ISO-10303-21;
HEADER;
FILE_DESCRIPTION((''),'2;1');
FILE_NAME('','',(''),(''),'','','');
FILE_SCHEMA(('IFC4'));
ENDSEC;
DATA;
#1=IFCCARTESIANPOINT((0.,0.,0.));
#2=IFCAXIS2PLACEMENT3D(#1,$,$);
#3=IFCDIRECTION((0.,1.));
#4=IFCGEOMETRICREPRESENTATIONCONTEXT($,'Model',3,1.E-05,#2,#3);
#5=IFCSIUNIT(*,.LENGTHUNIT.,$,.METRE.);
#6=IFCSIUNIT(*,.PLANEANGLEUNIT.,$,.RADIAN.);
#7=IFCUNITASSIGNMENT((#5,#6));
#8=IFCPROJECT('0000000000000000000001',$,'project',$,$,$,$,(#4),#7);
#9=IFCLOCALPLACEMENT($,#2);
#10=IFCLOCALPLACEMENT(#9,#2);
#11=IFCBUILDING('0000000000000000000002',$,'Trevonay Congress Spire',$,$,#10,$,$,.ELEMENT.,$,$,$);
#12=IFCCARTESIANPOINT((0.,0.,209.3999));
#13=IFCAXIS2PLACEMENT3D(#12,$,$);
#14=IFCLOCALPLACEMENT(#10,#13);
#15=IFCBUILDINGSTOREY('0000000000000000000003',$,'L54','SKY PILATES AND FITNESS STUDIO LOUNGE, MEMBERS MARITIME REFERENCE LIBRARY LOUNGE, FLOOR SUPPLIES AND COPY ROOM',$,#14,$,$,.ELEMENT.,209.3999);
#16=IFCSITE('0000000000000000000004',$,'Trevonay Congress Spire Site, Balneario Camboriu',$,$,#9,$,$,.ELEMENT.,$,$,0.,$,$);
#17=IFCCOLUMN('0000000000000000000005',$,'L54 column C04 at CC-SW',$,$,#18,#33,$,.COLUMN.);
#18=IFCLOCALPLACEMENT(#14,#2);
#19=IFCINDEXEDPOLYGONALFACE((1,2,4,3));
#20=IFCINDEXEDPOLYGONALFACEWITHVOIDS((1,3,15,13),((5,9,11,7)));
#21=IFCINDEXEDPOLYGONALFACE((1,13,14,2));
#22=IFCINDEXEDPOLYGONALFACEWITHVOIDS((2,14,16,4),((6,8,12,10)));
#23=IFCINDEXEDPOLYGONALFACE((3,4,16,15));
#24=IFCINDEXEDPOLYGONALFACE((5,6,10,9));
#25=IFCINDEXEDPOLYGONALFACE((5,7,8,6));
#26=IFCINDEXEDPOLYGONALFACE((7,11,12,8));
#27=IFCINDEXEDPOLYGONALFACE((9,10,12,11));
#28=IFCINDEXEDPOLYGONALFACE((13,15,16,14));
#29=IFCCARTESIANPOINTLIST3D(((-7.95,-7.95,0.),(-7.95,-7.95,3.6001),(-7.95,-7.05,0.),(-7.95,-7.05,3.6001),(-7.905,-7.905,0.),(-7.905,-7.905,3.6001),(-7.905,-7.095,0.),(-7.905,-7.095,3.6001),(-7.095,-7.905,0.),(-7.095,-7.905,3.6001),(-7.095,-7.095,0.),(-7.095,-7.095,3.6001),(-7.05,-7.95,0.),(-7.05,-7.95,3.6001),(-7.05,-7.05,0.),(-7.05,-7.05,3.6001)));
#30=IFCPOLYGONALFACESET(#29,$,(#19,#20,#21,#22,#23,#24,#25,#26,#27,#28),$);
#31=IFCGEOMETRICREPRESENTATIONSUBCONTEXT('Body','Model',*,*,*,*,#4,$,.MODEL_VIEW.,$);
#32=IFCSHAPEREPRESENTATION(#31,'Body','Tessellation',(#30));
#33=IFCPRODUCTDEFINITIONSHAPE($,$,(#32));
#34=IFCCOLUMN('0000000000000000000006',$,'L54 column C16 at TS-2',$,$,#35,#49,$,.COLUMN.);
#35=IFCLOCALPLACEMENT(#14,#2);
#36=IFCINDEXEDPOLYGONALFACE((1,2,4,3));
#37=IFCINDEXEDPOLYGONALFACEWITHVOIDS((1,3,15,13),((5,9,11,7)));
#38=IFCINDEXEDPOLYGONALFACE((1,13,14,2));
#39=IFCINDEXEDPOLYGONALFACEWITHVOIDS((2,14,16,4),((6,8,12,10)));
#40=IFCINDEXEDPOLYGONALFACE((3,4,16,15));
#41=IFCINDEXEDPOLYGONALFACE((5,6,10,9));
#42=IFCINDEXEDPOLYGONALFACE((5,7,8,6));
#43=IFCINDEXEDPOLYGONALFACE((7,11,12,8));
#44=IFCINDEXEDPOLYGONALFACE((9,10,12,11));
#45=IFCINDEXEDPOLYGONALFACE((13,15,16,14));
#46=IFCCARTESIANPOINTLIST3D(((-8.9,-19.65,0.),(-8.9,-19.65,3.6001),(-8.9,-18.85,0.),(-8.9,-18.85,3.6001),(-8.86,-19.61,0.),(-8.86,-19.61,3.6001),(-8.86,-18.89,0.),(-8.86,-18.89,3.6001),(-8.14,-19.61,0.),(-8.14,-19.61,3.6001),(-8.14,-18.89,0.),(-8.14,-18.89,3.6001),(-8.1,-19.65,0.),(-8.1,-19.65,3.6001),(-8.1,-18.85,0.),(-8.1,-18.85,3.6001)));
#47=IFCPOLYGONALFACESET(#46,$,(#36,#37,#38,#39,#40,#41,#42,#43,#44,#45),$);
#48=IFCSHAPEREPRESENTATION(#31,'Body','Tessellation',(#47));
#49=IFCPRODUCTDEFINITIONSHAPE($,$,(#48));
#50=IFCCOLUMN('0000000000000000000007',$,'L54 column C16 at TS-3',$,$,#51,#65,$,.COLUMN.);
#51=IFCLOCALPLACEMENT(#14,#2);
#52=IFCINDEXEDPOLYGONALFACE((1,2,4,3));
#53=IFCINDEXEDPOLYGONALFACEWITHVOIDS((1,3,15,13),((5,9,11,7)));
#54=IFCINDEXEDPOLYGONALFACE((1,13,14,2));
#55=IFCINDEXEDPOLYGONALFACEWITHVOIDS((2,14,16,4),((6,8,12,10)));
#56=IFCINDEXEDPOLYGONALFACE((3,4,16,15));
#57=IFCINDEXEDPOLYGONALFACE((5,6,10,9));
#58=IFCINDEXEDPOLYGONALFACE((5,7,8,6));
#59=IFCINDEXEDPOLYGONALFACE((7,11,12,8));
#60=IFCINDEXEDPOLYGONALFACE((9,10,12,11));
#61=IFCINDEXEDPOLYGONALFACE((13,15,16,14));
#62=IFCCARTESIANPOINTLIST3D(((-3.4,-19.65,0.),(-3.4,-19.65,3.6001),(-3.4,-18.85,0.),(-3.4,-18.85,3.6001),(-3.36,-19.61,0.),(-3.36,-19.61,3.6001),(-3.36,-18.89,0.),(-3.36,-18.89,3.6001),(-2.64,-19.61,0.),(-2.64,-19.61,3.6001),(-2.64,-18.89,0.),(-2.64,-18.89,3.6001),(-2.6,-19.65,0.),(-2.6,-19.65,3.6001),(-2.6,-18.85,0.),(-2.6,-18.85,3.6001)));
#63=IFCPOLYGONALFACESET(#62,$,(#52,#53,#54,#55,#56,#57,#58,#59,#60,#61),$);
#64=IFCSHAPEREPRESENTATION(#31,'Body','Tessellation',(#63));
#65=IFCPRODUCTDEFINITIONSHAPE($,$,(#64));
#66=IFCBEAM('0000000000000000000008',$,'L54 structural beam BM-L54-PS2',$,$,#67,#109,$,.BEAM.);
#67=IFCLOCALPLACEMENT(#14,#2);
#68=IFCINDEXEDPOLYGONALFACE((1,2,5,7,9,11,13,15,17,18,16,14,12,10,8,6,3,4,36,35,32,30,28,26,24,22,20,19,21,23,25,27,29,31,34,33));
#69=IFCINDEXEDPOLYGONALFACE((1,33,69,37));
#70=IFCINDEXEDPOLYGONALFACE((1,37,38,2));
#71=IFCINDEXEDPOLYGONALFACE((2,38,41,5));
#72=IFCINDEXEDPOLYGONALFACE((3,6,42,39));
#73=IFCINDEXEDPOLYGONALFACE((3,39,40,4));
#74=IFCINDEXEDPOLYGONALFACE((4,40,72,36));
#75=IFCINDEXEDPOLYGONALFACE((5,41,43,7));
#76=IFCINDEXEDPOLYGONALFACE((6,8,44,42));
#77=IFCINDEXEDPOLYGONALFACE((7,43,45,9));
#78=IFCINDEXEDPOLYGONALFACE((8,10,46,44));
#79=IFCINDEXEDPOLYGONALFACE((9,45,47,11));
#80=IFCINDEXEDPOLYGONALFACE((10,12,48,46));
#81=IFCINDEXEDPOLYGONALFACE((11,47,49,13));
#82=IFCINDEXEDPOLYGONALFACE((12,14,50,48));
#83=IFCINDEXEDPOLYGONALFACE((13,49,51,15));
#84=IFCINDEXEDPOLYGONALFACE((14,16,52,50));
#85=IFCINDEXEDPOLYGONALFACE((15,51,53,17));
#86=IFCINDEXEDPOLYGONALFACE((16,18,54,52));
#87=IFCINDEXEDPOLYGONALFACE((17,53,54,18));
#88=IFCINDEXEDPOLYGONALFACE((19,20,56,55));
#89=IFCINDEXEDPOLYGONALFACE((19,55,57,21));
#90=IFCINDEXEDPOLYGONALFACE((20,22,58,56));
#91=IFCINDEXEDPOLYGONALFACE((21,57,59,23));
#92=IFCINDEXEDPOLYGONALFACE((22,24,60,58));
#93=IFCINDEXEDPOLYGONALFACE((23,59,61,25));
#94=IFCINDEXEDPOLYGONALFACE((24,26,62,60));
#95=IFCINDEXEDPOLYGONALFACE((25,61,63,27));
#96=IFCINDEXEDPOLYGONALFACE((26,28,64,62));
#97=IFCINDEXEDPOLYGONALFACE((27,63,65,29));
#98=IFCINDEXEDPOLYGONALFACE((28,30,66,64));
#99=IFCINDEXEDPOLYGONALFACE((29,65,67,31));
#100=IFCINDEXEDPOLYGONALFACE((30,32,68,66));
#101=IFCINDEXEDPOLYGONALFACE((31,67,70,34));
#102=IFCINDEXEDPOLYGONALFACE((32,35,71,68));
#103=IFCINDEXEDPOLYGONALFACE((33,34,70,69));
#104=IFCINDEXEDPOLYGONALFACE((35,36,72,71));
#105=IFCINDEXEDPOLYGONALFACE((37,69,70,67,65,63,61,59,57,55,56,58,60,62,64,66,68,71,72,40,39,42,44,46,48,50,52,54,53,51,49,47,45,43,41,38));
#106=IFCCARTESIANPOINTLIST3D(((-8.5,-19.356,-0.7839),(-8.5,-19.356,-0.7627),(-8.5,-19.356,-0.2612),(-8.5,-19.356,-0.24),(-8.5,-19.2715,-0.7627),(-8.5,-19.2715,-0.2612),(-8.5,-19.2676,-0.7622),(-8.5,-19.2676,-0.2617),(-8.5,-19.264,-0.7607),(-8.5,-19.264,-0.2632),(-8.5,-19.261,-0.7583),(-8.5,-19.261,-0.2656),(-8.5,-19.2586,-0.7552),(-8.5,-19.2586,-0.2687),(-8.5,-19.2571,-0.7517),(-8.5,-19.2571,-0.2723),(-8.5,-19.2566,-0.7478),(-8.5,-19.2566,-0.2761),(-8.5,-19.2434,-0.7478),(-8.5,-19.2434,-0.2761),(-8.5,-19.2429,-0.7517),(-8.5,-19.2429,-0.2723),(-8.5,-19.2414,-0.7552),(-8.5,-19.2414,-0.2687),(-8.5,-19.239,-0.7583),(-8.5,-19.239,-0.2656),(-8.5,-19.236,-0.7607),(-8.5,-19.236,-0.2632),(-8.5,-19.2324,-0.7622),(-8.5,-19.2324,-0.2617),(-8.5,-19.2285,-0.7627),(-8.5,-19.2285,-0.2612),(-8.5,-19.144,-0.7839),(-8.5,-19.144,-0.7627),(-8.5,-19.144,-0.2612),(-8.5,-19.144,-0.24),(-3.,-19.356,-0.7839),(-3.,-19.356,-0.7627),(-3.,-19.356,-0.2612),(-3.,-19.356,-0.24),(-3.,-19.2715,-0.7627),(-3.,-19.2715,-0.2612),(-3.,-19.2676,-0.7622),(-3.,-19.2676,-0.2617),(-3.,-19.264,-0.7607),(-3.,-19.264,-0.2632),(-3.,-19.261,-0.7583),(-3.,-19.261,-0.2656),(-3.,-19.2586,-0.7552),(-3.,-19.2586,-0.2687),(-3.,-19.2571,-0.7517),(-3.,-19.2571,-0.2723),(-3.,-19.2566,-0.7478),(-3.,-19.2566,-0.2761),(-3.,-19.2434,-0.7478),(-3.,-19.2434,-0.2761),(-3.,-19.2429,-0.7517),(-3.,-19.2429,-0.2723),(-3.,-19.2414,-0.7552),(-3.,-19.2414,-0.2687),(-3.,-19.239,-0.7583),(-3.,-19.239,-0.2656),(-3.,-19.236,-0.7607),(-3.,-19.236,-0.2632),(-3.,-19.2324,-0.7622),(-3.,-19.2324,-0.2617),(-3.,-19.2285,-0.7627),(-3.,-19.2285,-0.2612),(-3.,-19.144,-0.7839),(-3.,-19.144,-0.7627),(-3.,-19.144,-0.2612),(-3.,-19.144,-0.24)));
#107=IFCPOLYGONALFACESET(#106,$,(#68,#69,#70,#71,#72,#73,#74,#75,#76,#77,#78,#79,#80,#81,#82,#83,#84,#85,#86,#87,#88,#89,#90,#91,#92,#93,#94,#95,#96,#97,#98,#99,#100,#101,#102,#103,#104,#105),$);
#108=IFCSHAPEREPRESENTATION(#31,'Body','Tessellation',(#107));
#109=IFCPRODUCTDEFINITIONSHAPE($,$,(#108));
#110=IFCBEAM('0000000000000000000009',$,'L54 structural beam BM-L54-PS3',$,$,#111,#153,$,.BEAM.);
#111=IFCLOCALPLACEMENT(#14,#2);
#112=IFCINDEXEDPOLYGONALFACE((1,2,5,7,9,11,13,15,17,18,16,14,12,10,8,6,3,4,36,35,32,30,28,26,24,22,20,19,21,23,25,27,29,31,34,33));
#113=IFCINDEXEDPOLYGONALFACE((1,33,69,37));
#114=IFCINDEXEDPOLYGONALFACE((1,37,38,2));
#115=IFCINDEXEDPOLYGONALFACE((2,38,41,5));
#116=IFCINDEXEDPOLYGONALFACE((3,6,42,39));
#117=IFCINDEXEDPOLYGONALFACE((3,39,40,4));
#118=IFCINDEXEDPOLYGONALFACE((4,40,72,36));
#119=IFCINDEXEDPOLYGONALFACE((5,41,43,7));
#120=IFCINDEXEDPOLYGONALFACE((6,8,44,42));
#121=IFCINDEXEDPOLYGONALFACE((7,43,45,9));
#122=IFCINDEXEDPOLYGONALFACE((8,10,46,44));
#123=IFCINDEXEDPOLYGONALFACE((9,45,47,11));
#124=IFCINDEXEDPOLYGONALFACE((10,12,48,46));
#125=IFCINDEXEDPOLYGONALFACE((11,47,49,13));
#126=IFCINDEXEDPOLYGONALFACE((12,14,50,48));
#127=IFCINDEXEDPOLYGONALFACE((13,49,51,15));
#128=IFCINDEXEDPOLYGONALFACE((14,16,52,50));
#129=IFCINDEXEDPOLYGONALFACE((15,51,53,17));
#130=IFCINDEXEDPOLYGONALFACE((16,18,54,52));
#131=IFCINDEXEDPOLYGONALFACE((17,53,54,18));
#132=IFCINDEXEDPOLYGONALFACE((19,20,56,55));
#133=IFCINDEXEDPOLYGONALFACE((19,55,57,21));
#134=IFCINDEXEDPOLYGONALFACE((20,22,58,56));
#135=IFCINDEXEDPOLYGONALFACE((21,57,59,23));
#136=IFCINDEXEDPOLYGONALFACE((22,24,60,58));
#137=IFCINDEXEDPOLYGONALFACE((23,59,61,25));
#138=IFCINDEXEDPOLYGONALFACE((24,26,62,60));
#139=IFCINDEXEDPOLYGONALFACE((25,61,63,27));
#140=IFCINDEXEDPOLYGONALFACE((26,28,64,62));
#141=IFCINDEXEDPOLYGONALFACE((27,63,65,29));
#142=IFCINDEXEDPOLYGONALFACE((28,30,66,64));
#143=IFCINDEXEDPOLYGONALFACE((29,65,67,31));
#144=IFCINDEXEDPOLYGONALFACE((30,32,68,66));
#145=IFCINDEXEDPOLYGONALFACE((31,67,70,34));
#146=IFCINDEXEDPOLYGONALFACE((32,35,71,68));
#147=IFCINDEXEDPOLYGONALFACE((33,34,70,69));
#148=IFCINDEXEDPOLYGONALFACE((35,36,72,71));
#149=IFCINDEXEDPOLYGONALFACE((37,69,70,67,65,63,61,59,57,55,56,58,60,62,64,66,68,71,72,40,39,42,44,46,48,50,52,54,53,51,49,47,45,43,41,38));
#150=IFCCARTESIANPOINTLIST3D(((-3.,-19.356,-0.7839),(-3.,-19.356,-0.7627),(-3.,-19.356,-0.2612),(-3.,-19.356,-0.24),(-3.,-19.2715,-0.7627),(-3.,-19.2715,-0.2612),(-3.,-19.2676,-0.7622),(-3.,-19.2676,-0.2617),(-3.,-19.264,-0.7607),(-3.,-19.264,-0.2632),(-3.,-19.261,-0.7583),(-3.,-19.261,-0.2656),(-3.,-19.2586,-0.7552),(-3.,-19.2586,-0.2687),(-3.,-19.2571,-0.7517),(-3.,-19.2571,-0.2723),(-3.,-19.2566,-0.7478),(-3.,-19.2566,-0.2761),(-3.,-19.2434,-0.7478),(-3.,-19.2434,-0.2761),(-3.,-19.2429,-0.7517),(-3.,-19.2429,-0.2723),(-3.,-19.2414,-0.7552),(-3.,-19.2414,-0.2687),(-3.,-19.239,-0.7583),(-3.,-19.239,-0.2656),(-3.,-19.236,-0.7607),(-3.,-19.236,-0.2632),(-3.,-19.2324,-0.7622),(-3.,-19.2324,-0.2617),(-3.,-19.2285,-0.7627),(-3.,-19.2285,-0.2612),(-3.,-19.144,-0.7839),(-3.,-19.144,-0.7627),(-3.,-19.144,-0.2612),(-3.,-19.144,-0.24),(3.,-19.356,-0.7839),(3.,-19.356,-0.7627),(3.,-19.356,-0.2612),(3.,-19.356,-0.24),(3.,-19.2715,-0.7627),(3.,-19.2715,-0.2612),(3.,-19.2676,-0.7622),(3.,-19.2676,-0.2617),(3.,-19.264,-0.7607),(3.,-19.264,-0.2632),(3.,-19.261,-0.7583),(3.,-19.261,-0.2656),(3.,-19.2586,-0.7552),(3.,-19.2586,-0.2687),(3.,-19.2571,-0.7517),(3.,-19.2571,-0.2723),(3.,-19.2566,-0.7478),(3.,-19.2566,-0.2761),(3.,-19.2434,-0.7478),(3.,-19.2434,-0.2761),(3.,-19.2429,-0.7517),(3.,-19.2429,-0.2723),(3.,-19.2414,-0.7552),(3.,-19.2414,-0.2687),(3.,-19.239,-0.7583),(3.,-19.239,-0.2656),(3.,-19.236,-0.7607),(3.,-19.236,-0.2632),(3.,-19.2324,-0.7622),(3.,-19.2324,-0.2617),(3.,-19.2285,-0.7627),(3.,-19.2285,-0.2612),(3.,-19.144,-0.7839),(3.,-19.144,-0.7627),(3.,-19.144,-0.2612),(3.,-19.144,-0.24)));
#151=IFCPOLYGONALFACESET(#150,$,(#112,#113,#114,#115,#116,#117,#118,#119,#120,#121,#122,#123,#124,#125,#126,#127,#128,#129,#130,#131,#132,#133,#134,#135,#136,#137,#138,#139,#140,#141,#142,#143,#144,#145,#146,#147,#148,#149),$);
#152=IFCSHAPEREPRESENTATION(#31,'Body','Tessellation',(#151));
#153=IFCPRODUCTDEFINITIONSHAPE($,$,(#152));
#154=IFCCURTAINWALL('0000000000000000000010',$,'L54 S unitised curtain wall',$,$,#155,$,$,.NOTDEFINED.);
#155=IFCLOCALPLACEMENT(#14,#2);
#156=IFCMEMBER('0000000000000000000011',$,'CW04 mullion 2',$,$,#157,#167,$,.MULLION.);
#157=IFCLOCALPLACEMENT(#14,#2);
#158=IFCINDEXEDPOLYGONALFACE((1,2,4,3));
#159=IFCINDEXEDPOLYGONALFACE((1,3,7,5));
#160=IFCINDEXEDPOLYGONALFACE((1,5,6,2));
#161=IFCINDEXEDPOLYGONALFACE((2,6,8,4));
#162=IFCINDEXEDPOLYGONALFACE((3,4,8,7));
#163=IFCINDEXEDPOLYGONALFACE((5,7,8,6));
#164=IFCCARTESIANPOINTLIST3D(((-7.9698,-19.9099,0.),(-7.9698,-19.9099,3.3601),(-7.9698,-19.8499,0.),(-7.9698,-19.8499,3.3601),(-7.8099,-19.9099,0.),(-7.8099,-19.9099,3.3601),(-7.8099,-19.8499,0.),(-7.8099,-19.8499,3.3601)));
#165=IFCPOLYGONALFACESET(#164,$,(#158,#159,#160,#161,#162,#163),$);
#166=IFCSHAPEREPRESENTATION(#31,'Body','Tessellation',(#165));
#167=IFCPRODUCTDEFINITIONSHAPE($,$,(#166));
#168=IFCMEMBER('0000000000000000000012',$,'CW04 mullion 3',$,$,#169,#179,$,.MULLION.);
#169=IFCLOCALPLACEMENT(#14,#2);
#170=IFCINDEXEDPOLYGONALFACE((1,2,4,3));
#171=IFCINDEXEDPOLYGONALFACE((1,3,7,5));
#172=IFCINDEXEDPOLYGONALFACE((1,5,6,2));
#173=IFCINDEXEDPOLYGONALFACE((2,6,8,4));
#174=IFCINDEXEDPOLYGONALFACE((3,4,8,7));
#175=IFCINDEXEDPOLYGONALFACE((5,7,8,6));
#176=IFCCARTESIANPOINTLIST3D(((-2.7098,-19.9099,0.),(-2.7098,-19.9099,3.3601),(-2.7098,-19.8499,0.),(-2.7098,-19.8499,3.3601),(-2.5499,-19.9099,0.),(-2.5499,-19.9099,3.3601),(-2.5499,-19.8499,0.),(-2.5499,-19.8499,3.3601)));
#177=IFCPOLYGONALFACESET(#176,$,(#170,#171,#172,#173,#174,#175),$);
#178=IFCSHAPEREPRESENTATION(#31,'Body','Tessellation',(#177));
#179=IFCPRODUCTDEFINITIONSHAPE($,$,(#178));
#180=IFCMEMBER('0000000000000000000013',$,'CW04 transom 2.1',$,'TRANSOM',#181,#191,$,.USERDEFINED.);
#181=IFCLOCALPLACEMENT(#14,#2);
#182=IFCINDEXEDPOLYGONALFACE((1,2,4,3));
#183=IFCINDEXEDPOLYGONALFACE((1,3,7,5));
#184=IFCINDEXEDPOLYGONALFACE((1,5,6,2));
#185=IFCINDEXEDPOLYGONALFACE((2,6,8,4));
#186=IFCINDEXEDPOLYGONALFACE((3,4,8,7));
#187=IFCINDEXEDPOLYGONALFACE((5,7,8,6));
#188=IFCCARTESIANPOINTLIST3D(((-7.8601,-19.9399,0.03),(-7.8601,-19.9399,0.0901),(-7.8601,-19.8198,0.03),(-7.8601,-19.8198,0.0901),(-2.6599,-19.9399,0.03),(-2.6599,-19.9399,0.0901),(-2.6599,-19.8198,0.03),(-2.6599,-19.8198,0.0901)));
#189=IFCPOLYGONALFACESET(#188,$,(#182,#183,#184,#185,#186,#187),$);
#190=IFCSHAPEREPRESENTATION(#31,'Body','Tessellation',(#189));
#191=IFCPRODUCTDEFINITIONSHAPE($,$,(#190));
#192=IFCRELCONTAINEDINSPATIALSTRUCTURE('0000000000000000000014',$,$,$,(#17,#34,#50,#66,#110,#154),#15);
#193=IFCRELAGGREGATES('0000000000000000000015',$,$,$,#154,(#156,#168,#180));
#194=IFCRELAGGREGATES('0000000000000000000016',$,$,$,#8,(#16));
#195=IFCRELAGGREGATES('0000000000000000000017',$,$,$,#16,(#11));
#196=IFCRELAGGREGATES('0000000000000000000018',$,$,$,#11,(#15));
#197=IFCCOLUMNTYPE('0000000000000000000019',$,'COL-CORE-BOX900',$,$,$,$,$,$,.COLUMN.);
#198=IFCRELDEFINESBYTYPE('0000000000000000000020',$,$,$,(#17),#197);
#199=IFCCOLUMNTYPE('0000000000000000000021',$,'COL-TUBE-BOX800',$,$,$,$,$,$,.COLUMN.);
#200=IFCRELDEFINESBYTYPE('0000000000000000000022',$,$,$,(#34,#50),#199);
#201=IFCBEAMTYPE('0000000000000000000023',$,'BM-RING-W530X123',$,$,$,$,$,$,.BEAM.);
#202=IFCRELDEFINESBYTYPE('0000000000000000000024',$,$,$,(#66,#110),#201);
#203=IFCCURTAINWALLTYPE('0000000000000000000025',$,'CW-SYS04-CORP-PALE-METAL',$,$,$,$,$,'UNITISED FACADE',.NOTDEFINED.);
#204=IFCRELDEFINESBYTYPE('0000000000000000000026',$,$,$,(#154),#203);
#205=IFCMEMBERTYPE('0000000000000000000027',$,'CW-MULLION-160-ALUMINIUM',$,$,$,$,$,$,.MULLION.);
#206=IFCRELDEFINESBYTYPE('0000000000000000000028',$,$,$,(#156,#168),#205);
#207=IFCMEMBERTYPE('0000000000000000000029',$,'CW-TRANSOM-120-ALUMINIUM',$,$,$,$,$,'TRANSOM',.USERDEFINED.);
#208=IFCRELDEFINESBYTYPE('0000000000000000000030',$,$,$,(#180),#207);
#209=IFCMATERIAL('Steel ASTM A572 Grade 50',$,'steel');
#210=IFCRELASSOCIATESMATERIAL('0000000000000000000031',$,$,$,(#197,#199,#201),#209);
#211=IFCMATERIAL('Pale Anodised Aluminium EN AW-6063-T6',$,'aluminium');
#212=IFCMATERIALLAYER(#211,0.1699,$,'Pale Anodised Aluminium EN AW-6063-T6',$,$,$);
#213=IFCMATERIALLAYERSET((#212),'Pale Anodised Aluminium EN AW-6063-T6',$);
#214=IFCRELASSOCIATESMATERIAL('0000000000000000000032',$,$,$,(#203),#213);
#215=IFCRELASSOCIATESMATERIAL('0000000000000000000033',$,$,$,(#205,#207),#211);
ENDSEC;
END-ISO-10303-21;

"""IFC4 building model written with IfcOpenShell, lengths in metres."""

from ifc_helpers import new_model, si_unit, direction, frame, origin, origin_2d, place, context, subcontext, project, spatial, rectangle, hollow_rectangle, i_section, extrude, material, layer, layer_set, material_profile, profile_set, type_object, element, aggregate, save


model = new_model("IFC4")

# Units and contexts
model_context = context("Model", 3, precision=1e-05, world=origin(), true_north=direction((0.0, 1.0)))
body_context = subcontext(model_context, "Body", "Model", "MODEL_VIEW")
ifc_project = project(units=[si_unit("LENGTHUNIT", "METRE"), si_unit("PLANEANGLEUNIT", "RADIAN")], contexts=[model_context])

# Site, building, storey
site_placement = place(None, origin())
site = spatial("IfcSite", under=ifc_project, at=site_placement, Name="Trevonay Congress Spire Site, Balneario Camboriu", CompositionType="ELEMENT", RefElevation=0.0)
building_placement = place(site_placement, origin())
building = spatial("IfcBuilding", under=site, at=building_placement, Name="Trevonay Congress Spire", CompositionType="ELEMENT")
storey_placement = place(building_placement, frame((0.0, 0.0, 209.3999)))
storey = spatial("IfcBuildingStorey", under=building, at=storey_placement, Name="L54", Description="SKY PILATES AND FITNESS STUDIO LOUNGE, MEMBERS MARITIME REFERENCE LIBRARY LOUNGE, FLOOR SUPPLIES AND COPY ROOM", CompositionType="ELEMENT", Elevation=209.3999)

# Columns
ifc_material_1 = material(Name="Steel ASTM A572 Grade 50", Category="steel")
ifc_material_profile_1 = material_profile(ifc_material_1, hollow_rectangle(XDim=0.8999, YDim=0.8999, WallThickness=0.0449, at=origin_2d()), Name="BOX 900x900x45")
ifc_profile_set_1 = profile_set([ifc_material_profile_1], Name="Steel ASTM A572 Grade 50")
column_type_1 = type_object("IfcColumnType", Name="COL-CORE-BOX900", PredefinedType="COLUMN", material=ifc_profile_set_1)
column_placement = place(storey_placement, frame((-7.5, -7.5, 0.0), z_axis=(0.0, 0.0, 1.0), x_axis=(1.0, 0.0, 0.0)))
element("IfcColumn", 1, at=column_placement, inside=storey, type_object=column_type_1, Name="L54 column C04 at CC-SW", PredefinedType="COLUMN", context=body_context, shape_type="SweptSolid", body=[
    extrude(hollow_rectangle(XDim=0.8999, YDim=0.8999, WallThickness=0.0449, at=origin_2d()), origin(), (0.0, 0.0, 1.0), 3.6001),
])
ifc_material_profile_2 = material_profile(ifc_material_1, hollow_rectangle(XDim=0.8, YDim=0.8, WallThickness=0.04, at=origin_2d()), Name="BOX 800x800x40")
ifc_profile_set_2 = profile_set([ifc_material_profile_2], Name="Steel ASTM A572 Grade 50")
column_type_2 = type_object("IfcColumnType", Name="COL-TUBE-BOX800", PredefinedType="COLUMN", material=ifc_profile_set_2)
for number, where, z_axis, x_axis, name in (
    (2, (-8.5, -19.25, 0.0), (0.0, 0.0, 1.0), (1.0, 0.0, 0.0), "L54 column C16 at TS-2"),
    (3, (-3.0, -19.25, 0.0), (0.0, 0.0, 1.0), (1.0, 0.0, 0.0), "L54 column C16 at TS-3"),
):
    element("IfcColumn", number, at=place(storey_placement, frame(where, z_axis=z_axis, x_axis=x_axis)), inside=storey, type_object=column_type_2, Name=name, PredefinedType="COLUMN", context=body_context, shape_type="SweptSolid", body=[
        extrude(hollow_rectangle(XDim=0.8, YDim=0.8, WallThickness=0.04, at=origin_2d()), origin(), (0.0, 0.0, 1.0), 3.6001),
    ])

# Beams
ifc_material_profile_3 = material_profile(ifc_material_1, i_section(OverallWidth=0.2119, OverallDepth=0.5439, WebThickness=0.0132, FlangeThickness=0.0212, FilletRadius=0.0149, at=origin_2d()), Name="W530x123")
ifc_profile_set_3 = profile_set([ifc_material_profile_3], Name="Steel ASTM A572 Grade 50")
beam_type_1 = type_object("IfcBeamType", Name="BM-RING-W530X123", PredefinedType="BEAM", material=ifc_profile_set_3)
beam_1_placement = place(storey_placement, frame((-8.5, -19.25, -0.512), z_axis=(1.0, 0.0, 0.0), x_axis=(0.0, 1.0, 0.0)))
element("IfcBeam", 4, at=beam_1_placement, inside=storey, type_object=beam_type_1, Name="L54 structural beam BM-L54-PS2", PredefinedType="BEAM", context=body_context, shape_type="SweptSolid", body=[
    extrude(i_section(OverallWidth=0.2119, OverallDepth=0.5439, WebThickness=0.0132, FlangeThickness=0.0212, FilletRadius=0.0149, at=origin_2d()), origin(), (0.0, 0.0, 1.0), 5.5),
])
beam_2_placement = place(storey_placement, frame((-3.0, -19.25, -0.512), z_axis=(1.0, 0.0, 0.0), x_axis=(0.0, 1.0, 0.0)))
element("IfcBeam", 5, at=beam_2_placement, inside=storey, type_object=beam_type_1, Name="L54 structural beam BM-L54-PS3", PredefinedType="BEAM", context=body_context, shape_type="SweptSolid", body=[
    extrude(i_section(OverallWidth=0.2119, OverallDepth=0.5439, WebThickness=0.0132, FlangeThickness=0.0212, FilletRadius=0.0149, at=origin_2d()), origin(), (0.0, 0.0, 1.0), 6.0),
])

# Curtain wall, members
ifc_material_2 = material(Name="Pale Anodised Aluminium EN AW-6063-T6", Category="aluminium")
ifc_layer_1 = layer(ifc_material_2, 0.1699, Name="Pale Anodised Aluminium EN AW-6063-T6")
ifc_layer_set_1 = layer_set([ifc_layer_1], Name="Pale Anodised Aluminium EN AW-6063-T6")
curtain_wall_type = type_object("IfcCurtainWallType", Name="CW-SYS04-CORP-PALE-METAL", ElementType="UNITISED FACADE", PredefinedType="NOTDEFINED", material=ifc_layer_set_1)
curtain_wall_placement = place(storey_placement, origin())
curtain_wall = element("IfcCurtainWall", 6, at=curtain_wall_placement, inside=storey, type_object=curtain_wall_type, Name="L54 S unitised curtain wall", PredefinedType="NOTDEFINED")
ifc_material_profile_4 = material_profile(ifc_material_2, rectangle(XDim=0.0601, YDim=0.1599, at=origin_2d()), Name="CW-MULLION-160-ALUMINIUM")
ifc_profile_set_4 = profile_set([ifc_material_profile_4], Name="Pale Anodised Aluminium EN AW-6063-T6")
member_type_1 = type_object("IfcMemberType", Name="CW-MULLION-160-ALUMINIUM", PredefinedType="MULLION", material=ifc_profile_set_4)
member_1_placement = place(storey_placement, frame((-7.8899, -19.8799, 0.0), z_axis=(0.0, 0.0, 1.0), x_axis=(0.0, 1.0, 0.0)))
member_1 = element("IfcMember", 7, at=member_1_placement, type_object=member_type_1, Name="CW04 mullion 2", PredefinedType="MULLION", context=body_context, shape_type="SweptSolid", body=[
    extrude(rectangle(XDim=0.0601, YDim=0.1599, at=origin_2d()), origin(), (0.0, 0.0, 1.0), 3.3601),
])
member_2_placement = place(storey_placement, frame((-2.6299, -19.8799, 0.0), z_axis=(0.0, 0.0, 1.0), x_axis=(0.0, 1.0, 0.0)))
member_2 = element("IfcMember", 8, at=member_2_placement, type_object=member_type_1, Name="CW04 mullion 3", PredefinedType="MULLION", context=body_context, shape_type="SweptSolid", body=[
    extrude(rectangle(XDim=0.0601, YDim=0.1599, at=origin_2d()), origin(), (0.0, 0.0, 1.0), 3.3601),
])
ifc_material_profile_5 = material_profile(ifc_material_2, rectangle(XDim=0.1201, YDim=0.0601, at=origin_2d()), Name="CW-TRANSOM-120-ALUMINIUM")
ifc_profile_set_5 = profile_set([ifc_material_profile_5], Name="Pale Anodised Aluminium EN AW-6063-T6")
member_type_2 = type_object("IfcMemberType", Name="CW-TRANSOM-120-ALUMINIUM", ElementType="TRANSOM", PredefinedType="USERDEFINED", material=ifc_profile_set_5)
member_3_placement = place(storey_placement, frame((-7.8601, -19.8799, 0.0601), z_axis=(1.0, 0.0, 0.0), x_axis=(0.0, 1.0, 0.0)))
member_3 = element("IfcMember", 9, at=member_3_placement, type_object=member_type_2, Name="CW04 transom 2.1", ObjectType="TRANSOM", PredefinedType="USERDEFINED", context=body_context, shape_type="SweptSolid", body=[
    extrude(rectangle(XDim=0.1201, YDim=0.0601, at=origin_2d()), origin(), (0.0, 0.0, 1.0), 5.2002),
])

aggregate(curtain_wall, [member_1, member_2, member_3])

save(model, "model.ifc")
